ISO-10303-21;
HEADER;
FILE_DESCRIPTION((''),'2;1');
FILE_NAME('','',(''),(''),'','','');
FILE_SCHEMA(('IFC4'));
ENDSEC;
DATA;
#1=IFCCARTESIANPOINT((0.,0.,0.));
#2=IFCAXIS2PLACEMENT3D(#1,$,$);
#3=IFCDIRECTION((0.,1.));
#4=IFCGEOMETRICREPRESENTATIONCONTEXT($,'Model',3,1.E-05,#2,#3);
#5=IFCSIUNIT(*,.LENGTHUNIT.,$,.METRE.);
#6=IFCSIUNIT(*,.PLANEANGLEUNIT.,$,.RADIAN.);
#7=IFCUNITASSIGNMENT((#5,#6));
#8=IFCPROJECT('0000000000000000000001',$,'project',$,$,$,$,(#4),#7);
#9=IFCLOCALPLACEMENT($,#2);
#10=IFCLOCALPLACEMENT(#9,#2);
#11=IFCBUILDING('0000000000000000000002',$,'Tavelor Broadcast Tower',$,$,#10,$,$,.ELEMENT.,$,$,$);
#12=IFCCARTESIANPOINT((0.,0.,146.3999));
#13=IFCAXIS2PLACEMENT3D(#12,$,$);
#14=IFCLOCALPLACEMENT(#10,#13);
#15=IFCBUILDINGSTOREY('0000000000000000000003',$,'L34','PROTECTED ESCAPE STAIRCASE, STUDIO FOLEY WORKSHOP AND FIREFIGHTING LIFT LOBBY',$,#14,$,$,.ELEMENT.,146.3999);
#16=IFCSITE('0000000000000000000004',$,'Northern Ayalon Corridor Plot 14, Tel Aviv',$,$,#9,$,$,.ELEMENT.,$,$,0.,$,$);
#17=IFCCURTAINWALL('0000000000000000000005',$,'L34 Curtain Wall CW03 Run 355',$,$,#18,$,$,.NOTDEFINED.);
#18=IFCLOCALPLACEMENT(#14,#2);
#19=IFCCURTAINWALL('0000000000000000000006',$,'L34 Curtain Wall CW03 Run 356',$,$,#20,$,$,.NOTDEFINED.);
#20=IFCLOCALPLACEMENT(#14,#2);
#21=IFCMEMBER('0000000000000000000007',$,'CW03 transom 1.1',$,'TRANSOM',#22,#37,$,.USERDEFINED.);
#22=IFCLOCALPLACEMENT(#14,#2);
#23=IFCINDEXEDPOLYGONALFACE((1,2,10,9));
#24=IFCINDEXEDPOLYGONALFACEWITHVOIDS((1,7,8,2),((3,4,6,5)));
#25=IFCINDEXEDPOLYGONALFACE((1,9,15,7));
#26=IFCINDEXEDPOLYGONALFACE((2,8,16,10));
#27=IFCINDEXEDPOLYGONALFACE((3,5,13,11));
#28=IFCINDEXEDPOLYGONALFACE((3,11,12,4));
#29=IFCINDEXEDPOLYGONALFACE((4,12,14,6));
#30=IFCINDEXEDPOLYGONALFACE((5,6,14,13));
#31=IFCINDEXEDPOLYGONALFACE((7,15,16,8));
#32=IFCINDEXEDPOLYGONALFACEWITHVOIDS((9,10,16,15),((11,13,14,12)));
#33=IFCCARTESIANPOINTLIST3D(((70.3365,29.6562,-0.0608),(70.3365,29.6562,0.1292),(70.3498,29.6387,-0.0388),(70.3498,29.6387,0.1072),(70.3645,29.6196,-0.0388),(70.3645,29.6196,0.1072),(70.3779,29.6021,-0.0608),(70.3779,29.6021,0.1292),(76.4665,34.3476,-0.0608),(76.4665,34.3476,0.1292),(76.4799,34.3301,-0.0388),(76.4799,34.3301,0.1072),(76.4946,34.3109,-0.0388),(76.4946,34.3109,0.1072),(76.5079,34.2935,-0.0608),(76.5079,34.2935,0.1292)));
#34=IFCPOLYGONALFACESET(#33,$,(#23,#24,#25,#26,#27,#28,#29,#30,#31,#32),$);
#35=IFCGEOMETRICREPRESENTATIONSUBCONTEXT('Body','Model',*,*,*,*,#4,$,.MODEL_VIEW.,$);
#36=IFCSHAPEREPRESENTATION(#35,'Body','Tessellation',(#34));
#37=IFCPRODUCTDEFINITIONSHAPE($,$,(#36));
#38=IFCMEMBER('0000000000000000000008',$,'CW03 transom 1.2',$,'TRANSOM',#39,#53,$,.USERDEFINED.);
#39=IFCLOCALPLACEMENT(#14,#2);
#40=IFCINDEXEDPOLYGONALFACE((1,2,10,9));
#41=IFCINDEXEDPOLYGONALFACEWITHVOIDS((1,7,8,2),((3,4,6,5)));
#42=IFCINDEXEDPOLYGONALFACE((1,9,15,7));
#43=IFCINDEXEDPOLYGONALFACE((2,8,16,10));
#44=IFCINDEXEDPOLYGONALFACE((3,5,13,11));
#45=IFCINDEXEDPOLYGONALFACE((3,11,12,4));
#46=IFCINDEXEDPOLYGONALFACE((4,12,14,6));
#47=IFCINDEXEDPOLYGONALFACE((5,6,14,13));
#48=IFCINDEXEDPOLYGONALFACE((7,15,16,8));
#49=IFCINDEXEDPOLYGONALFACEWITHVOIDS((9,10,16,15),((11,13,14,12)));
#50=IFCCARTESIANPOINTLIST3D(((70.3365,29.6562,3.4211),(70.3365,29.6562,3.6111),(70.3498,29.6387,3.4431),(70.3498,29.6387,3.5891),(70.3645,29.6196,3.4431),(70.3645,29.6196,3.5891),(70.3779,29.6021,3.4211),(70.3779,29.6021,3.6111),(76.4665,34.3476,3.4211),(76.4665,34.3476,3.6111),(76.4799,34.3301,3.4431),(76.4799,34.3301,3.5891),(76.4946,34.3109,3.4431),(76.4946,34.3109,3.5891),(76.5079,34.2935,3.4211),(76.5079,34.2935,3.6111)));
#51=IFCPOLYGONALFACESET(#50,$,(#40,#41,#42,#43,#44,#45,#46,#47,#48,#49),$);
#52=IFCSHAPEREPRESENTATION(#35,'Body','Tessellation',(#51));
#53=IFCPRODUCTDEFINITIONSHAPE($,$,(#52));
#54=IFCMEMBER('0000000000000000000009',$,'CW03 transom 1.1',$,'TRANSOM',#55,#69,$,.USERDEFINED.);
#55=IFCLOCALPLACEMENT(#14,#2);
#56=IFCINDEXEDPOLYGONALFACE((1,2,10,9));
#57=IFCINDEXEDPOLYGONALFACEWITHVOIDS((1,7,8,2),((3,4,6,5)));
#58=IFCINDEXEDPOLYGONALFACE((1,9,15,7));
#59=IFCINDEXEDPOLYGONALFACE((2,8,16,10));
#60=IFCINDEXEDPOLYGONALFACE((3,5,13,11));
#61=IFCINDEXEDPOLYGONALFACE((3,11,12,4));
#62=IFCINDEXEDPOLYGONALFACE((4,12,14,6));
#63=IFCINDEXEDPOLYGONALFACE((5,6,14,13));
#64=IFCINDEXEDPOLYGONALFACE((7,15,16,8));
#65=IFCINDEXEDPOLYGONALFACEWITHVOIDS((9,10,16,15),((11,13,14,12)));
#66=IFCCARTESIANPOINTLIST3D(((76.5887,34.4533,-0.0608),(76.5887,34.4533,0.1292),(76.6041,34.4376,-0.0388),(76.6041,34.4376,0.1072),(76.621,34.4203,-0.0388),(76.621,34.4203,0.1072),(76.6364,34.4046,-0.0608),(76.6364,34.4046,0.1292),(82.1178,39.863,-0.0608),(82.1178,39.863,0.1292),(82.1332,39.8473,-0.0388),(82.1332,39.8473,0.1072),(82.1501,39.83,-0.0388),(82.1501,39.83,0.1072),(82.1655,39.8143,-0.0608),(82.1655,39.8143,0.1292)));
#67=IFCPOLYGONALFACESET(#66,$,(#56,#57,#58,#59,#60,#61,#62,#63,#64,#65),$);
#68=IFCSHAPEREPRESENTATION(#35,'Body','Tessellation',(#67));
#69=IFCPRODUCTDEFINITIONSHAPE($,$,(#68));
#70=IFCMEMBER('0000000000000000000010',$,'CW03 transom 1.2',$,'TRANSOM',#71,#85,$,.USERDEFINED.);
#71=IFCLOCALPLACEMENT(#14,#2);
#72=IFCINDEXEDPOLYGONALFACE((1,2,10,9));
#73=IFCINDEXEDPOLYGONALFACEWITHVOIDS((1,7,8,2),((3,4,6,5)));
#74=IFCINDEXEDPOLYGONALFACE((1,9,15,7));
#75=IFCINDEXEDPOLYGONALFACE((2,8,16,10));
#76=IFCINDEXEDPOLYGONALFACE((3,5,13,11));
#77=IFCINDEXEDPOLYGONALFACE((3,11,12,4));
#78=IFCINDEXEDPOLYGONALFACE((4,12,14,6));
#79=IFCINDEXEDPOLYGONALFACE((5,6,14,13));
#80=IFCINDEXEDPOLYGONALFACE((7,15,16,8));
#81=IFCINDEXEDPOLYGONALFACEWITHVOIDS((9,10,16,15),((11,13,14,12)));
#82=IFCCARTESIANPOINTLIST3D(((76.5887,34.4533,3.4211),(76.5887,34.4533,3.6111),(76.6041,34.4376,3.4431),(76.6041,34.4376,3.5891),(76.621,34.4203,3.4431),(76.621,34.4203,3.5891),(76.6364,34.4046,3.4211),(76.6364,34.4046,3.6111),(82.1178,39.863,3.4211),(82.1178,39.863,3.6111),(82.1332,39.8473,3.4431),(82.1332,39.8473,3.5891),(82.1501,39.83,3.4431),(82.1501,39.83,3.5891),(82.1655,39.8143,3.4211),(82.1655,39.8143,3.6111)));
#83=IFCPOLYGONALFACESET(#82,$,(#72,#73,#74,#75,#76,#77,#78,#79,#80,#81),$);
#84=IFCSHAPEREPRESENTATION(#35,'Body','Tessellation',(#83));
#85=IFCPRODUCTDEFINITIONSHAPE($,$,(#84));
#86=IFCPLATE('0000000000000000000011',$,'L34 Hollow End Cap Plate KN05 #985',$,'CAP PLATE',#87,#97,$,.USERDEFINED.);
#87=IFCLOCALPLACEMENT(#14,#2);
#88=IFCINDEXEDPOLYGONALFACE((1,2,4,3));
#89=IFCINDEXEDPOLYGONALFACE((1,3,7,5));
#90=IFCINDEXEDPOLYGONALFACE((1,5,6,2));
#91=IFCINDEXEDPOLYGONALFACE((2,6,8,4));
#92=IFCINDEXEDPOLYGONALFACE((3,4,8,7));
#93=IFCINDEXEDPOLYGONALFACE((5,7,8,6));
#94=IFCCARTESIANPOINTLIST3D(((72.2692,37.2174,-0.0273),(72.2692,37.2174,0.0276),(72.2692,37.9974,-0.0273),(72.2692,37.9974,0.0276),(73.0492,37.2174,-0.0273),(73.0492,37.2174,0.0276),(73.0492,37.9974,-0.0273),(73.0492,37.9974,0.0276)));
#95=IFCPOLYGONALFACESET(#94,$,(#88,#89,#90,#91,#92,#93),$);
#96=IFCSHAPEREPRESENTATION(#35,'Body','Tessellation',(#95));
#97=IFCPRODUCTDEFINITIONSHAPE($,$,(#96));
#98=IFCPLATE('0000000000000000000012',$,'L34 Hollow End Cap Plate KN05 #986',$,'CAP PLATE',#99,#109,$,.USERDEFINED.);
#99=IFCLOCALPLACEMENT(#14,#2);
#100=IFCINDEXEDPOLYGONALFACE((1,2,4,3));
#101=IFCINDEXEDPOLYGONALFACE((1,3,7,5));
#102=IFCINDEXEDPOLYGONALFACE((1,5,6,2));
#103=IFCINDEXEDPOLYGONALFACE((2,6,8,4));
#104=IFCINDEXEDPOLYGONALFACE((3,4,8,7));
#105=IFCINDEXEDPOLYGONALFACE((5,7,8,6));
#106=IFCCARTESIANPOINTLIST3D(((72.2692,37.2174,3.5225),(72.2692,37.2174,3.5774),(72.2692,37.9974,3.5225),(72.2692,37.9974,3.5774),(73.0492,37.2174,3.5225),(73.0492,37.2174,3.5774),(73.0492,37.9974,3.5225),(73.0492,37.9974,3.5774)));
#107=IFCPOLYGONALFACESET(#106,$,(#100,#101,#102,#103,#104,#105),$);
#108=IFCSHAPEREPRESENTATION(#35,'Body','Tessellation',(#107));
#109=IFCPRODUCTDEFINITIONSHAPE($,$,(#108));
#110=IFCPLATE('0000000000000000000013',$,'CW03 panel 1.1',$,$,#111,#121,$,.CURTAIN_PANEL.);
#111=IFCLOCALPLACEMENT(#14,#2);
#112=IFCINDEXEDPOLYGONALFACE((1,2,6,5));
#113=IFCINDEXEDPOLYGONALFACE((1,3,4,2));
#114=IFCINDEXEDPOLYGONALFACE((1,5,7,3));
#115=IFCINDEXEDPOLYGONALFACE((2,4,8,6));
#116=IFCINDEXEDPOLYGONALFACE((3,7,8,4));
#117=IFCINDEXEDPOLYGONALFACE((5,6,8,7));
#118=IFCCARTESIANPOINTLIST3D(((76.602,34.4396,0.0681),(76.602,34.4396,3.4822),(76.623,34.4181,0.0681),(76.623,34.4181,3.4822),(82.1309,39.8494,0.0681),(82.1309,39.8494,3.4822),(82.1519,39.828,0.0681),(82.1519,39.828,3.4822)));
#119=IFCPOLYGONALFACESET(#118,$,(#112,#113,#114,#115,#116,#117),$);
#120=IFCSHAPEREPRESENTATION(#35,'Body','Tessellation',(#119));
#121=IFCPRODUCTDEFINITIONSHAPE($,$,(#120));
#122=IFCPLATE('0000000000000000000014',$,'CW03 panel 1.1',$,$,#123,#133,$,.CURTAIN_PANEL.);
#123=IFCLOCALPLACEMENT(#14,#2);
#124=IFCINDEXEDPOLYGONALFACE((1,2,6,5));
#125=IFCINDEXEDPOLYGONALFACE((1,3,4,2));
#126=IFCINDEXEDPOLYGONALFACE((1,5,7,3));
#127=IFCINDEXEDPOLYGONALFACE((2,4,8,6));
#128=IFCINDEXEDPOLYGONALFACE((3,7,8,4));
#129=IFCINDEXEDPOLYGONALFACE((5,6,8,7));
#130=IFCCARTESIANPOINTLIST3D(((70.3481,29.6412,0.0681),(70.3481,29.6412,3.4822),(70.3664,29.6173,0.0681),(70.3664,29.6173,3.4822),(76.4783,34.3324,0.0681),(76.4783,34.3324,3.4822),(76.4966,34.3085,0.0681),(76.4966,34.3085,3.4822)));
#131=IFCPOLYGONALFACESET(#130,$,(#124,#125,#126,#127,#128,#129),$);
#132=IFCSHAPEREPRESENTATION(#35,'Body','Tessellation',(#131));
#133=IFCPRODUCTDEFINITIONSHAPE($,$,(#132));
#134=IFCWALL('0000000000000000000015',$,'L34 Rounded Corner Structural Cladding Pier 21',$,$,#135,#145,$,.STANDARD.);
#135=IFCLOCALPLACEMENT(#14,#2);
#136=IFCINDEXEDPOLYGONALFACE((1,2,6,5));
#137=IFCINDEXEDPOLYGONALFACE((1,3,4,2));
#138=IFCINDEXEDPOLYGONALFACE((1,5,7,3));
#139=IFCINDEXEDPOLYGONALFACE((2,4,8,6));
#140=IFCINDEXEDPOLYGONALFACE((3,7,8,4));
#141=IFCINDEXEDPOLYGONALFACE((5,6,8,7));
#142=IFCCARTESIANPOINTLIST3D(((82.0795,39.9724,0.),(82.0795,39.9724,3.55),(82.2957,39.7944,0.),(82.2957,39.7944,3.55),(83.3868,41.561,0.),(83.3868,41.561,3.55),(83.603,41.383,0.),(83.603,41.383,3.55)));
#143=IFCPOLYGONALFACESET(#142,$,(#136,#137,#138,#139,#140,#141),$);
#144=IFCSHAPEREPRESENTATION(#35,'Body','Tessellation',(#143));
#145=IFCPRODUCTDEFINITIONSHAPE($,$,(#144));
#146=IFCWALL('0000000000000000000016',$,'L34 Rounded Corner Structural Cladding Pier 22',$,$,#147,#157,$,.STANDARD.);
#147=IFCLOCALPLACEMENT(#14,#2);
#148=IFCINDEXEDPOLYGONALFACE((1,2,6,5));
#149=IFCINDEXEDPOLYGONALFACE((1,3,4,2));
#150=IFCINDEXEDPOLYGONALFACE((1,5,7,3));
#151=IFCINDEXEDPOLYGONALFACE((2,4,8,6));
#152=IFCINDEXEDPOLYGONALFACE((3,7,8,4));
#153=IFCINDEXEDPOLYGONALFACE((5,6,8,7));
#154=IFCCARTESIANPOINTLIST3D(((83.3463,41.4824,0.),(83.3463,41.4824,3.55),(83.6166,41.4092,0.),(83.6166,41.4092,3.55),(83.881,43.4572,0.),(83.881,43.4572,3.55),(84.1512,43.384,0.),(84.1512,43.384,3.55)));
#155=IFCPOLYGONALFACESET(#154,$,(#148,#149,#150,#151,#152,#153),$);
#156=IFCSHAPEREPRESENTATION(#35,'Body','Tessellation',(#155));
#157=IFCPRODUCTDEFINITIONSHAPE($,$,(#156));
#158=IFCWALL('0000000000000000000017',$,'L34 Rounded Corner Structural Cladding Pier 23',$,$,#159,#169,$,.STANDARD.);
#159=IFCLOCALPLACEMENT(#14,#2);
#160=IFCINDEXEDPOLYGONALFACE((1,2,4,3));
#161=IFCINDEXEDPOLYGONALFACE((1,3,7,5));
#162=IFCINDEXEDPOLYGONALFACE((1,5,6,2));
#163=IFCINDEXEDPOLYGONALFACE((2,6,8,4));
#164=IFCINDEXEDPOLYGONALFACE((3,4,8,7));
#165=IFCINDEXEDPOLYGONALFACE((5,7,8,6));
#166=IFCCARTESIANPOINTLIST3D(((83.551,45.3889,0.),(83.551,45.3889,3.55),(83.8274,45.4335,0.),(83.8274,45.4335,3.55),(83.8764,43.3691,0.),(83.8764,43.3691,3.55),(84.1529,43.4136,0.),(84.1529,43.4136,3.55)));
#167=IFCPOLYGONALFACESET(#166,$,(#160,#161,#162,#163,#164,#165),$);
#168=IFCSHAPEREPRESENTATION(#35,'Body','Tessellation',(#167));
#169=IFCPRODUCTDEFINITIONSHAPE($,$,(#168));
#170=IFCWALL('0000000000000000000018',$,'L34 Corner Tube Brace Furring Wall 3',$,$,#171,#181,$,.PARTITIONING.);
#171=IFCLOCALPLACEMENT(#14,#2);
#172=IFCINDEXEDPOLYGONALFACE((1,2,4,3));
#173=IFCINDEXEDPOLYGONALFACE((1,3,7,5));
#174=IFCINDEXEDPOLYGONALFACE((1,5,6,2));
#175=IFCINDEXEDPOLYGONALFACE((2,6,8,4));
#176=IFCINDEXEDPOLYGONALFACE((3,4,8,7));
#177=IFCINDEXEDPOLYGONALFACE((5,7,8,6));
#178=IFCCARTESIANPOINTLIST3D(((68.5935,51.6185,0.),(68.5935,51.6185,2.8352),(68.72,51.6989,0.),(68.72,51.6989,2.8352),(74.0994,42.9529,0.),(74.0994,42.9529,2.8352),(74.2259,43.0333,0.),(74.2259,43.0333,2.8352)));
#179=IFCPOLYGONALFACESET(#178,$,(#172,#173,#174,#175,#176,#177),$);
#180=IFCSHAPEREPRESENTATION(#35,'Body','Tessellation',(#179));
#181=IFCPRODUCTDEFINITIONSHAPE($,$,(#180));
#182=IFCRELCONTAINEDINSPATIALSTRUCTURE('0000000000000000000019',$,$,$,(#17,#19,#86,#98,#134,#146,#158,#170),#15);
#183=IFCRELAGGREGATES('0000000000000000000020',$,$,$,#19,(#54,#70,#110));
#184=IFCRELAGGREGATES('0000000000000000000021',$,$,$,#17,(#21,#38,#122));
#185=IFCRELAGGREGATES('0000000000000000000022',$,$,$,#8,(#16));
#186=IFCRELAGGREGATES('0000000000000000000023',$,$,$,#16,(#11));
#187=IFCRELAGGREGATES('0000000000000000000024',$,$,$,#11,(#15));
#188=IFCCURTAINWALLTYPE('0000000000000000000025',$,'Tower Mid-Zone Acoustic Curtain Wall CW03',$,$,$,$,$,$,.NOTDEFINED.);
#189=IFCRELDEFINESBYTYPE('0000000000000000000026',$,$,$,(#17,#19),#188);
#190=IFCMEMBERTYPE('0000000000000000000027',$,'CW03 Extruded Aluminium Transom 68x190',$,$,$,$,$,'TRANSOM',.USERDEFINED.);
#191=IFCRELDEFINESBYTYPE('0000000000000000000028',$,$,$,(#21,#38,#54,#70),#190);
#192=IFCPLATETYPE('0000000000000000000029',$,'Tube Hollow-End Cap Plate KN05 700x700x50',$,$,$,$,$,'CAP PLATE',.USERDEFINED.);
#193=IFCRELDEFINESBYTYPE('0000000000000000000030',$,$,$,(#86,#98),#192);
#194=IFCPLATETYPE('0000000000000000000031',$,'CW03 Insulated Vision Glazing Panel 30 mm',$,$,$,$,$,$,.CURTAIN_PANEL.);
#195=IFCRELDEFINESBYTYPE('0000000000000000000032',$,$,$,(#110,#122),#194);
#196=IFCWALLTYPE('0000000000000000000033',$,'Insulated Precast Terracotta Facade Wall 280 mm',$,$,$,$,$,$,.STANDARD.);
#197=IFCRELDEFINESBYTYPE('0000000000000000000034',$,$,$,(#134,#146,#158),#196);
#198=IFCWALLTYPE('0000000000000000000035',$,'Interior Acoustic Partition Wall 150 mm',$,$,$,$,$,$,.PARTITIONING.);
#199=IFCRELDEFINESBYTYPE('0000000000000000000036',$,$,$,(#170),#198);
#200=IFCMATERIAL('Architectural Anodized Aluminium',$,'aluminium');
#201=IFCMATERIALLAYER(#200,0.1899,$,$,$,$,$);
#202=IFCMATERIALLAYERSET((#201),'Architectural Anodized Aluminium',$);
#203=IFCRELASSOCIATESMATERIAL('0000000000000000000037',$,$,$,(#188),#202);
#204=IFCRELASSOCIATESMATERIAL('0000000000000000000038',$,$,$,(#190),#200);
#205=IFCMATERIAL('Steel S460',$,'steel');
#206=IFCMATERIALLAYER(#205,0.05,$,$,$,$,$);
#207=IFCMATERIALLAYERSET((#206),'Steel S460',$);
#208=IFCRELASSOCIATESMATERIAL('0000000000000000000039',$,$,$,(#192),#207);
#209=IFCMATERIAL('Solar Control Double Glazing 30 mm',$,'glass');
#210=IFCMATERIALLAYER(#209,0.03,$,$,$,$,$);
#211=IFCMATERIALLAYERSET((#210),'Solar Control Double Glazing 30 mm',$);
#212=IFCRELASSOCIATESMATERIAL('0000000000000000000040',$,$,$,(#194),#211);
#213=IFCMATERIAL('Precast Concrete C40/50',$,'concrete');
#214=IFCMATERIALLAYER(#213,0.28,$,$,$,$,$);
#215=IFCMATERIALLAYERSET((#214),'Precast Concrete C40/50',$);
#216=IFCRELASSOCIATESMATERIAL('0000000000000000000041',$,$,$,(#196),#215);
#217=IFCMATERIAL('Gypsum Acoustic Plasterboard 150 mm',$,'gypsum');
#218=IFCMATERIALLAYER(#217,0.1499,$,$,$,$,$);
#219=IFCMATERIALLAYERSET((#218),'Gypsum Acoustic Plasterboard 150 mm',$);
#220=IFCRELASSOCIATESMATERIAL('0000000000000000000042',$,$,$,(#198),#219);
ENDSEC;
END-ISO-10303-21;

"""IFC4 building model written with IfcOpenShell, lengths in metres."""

from ifc_helpers import new_model, si_unit, direction, frame, frame_2d, origin, origin_2d, place, context, subcontext, project, spatial, rectangle, hollow_rectangle, extrude, source, transform, mapped, material, layer, layer_set, material_profile, profile_set, type_object, type_shapes, element, aggregate, save


model = new_model("IFC4")

# Units and contexts
model_context = context("Model", 3, precision=1e-05, world=origin(), true_north=direction((0.0, 1.0)))
body_context = subcontext(model_context, "Body", "Model", "MODEL_VIEW")
ifc_project = project(units=[si_unit("LENGTHUNIT", "METRE"), si_unit("PLANEANGLEUNIT", "RADIAN")], contexts=[model_context])

# Site, building, storey
site_placement = place(None, origin())
site = spatial("IfcSite", under=ifc_project, at=site_placement, Name="Northern Ayalon Corridor Plot 14, Tel Aviv", CompositionType="ELEMENT", RefElevation=0.0)
building_placement = place(site_placement, origin())
building = spatial("IfcBuilding", under=site, at=building_placement, Name="Tavelor Broadcast Tower", CompositionType="ELEMENT")
storey_placement = place(building_placement, frame((0.0, 0.0, 146.3999)))
storey = spatial("IfcBuildingStorey", under=building, at=storey_placement, Name="L34", Description="PROTECTED ESCAPE STAIRCASE, STUDIO FOLEY WORKSHOP AND FIREFIGHTING LIFT LOBBY", CompositionType="ELEMENT", Elevation=146.3999)

# Shared definitions
ifc_material_1 = material(Name="Steel S460", Category="steel")

# Curtain wall
ifc_material_2 = material(Name="Architectural Anodized Aluminium", Category="aluminium")
ifc_layer_1 = layer(ifc_material_2, 0.1899)
ifc_layer_set_1 = layer_set([ifc_layer_1], Name="Architectural Anodized Aluminium")
curtain_wall_type = type_object("IfcCurtainWallType", Name="Tower Mid-Zone Acoustic Curtain Wall CW03", PredefinedType="NOTDEFINED", material=ifc_layer_set_1)
curtain_wall_1_placement = place(storey_placement, origin())
curtain_wall_1 = element("IfcCurtainWall", 1, at=curtain_wall_1_placement, inside=storey, type_object=curtain_wall_type, Name="L34 Curtain Wall CW03 Run 355", PredefinedType="NOTDEFINED")

# Curtain wall
curtain_wall_2_placement = place(storey_placement, origin())
curtain_wall_2 = element("IfcCurtainWall", 2, at=curtain_wall_2_placement, inside=storey, type_object=curtain_wall_type, Name="L34 Curtain Wall CW03 Run 356", PredefinedType="NOTDEFINED")

# Members
ifc_material_profile_1 = material_profile(ifc_material_2, hollow_rectangle(XDim=0.0681, YDim=0.1899, WallThickness=0.022, at=origin_2d()), Name="RHS 68x190x22")
ifc_profile_set_1 = profile_set([ifc_material_profile_1], Name="Architectural Anodized Aluminium")
member_type_1 = type_object("IfcMemberType", Name="CW03 Extruded Aluminium Transom 68x190", ElementType="TRANSOM", PredefinedType="USERDEFINED", material=ifc_profile_set_1)
shared_shape_1 = source(origin(), body_context, "Body", "SweptSolid", [
    extrude(hollow_rectangle(XDim=0.0681, YDim=0.1899, WallThickness=0.022, at=origin_2d()), origin(), (0.0, 0.0, 1.0), 7.7192),
])
member_1_placement = place(storey_placement, frame((70.3572, 29.6292, 0.0342), z_axis=(0.794129, 0.607749, 0.0), x_axis=(-0.607749, 0.794129, 0.0)))
member_1 = element("IfcMember", 3, at=member_1_placement, type_object=member_type_1, Name="CW03 transom 1.1", ObjectType="TRANSOM", PredefinedType="USERDEFINED", context=body_context, shape_type="MappedRepresentation", body=[
    mapped(shared_shape_1, transform((0.0, 0.0, 0.0), scale=1.0)),
])
member_2_placement = place(storey_placement, frame((70.3572, 29.6292, 3.5161), z_axis=(0.794129, 0.607749, 0.0), x_axis=(-0.607749, 0.794129, 0.0)))
member_2 = element("IfcMember", 4, at=member_2_placement, type_object=member_type_1, Name="CW03 transom 1.2", ObjectType="TRANSOM", PredefinedType="USERDEFINED", context=body_context, shape_type="MappedRepresentation", body=[
    mapped(shared_shape_1, transform((0.0, 0.0, 0.0), scale=1.0)),
])
shared_shape_2 = source(origin(), body_context, "Body", "SweptSolid", [
    extrude(hollow_rectangle(XDim=0.0681, YDim=0.1899, WallThickness=0.022, at=origin_2d()), origin(), (0.0, 0.0, 1.0), 7.7354),
])
type_shapes(member_type_1, [shared_shape_1, shared_shape_2])
member_3_placement = place(storey_placement, frame((76.6125, 34.429, 0.0342), z_axis=(0.714782, 0.699348, 0.0), x_axis=(-0.699348, 0.714782, 0.0)))
member_3 = element("IfcMember", 5, at=member_3_placement, type_object=member_type_1, Name="CW03 transom 1.1", ObjectType="TRANSOM", PredefinedType="USERDEFINED", context=body_context, shape_type="MappedRepresentation", body=[
    mapped(shared_shape_2, transform((0.0, 0.0, 0.0), scale=1.0)),
])
member_4_placement = place(storey_placement, frame((76.6125, 34.429, 3.5161), z_axis=(0.714782, 0.699348, 0.0), x_axis=(-0.699348, 0.714782, 0.0)))
member_4 = element("IfcMember", 6, at=member_4_placement, type_object=member_type_1, Name="CW03 transom 1.2", ObjectType="TRANSOM", PredefinedType="USERDEFINED", context=body_context, shape_type="MappedRepresentation", body=[
    mapped(shared_shape_2, transform((0.0, 0.0, 0.0), scale=1.0)),
])

# Plates
ifc_layer_2 = layer(ifc_material_1, 0.05)
ifc_layer_set_2 = layer_set([ifc_layer_2], Name="Steel S460")
plate_type_1 = type_object("IfcPlateType", Name="Tube Hollow-End Cap Plate KN05 700x700x50", ElementType="CAP PLATE", PredefinedType="USERDEFINED", material=ifc_layer_set_2)
shared_shape_3 = source(origin(), body_context, "Body", "SweptSolid", [
    extrude(rectangle(XDim=0.78, YDim=0.78, at=origin_2d()), origin(), (0.0, 0.0, 1.0), 0.0549),
])
type_shapes(plate_type_1, [shared_shape_3])
for number, where, z_axis, x_axis, name in (
    (7, (72.6592, 37.6074, -0.0273), (0.0, 0.0, 1.0), (1.0, 0.0, 0.0), "L34 Hollow End Cap Plate KN05 #985"),
    (8, (72.6592, 37.6074, 3.5225), (0.0, 0.0, 1.0), (1.0, 0.0, 0.0), "L34 Hollow End Cap Plate KN05 #986"),
):
    element("IfcPlate", number, at=place(storey_placement, frame(where, z_axis=z_axis, x_axis=x_axis)), inside=storey, type_object=plate_type_1, Name=name, ObjectType="CAP PLATE", PredefinedType="USERDEFINED", context=body_context, shape_type="MappedRepresentation", body=[
        mapped(shared_shape_3, transform((0.0, 0.0, 0.0), scale=1.0)),
    ])

# Plates
ifc_material_3 = material(Name="Solar Control Double Glazing 30 mm", Category="glass")
ifc_layer_3 = layer(ifc_material_3, 0.03)
ifc_layer_set_3 = layer_set([ifc_layer_3], Name="Solar Control Double Glazing 30 mm")
plate_type_2 = type_object("IfcPlateType", Name="CW03 Insulated Vision Glazing Panel 30 mm", PredefinedType="CURTAIN_PANEL", material=ifc_layer_set_3)
shared_shape_4 = source(origin(), body_context, "Body", "SweptSolid", [
    extrude(rectangle(XDim=7.7354, YDim=0.03, at=origin_2d()), origin(), (0.0, 0.0, 1.0), 3.4141),
])
plate_1_placement = place(storey_placement, frame((79.377, 37.1338, 0.0681), z_axis=(0.0, 0.0, 1.0), x_axis=(0.714764, 0.699366, 0.0)))
plate_1 = element("IfcPlate", 9, at=plate_1_placement, type_object=plate_type_2, Name="CW03 panel 1.1", PredefinedType="CURTAIN_PANEL", context=body_context, shape_type="MappedRepresentation", body=[
    mapped(shared_shape_4, transform((0.0, 0.0, 0.0), scale=1.0)),
])
aggregate(curtain_wall_2, [member_3, member_4, plate_1])
shared_shape_5 = source(origin(), body_context, "Body", "SweptSolid", [
    extrude(rectangle(XDim=7.7192, YDim=0.03, at=origin_2d()), origin(), (0.0, 0.0, 1.0), 3.4141),
])
type_shapes(plate_type_2, [shared_shape_4, shared_shape_5])
plate_2_placement = place(storey_placement, frame((73.4224, 31.9749, 0.0681), z_axis=(0.0, 0.0, 1.0), x_axis=(0.794147, 0.607726, 0.0)))
plate_2 = element("IfcPlate", 10, at=plate_2_placement, type_object=plate_type_2, Name="CW03 panel 1.1", PredefinedType="CURTAIN_PANEL", context=body_context, shape_type="MappedRepresentation", body=[
    mapped(shared_shape_5, transform((0.0, 0.0, 0.0), scale=1.0)),
])
aggregate(curtain_wall_1, [member_1, member_2, plate_2])

# Walls
ifc_material_4 = material(Name="Precast Concrete C40/50", Category="concrete")
ifc_layer_4 = layer(ifc_material_4, 0.28)
ifc_layer_set_4 = layer_set([ifc_layer_4], Name="Precast Concrete C40/50")
wall_type_1 = type_object("IfcWallType", Name="Insulated Precast Terracotta Facade Wall 280 mm", PredefinedType="STANDARD", material=ifc_layer_set_4)
wall_1_placement = place(storey_placement, frame((82.1875, 39.8833, 0.0), z_axis=(0.0, 0.0, 1.0), x_axis=(0.635445, 0.772146, 0.0)))
element("IfcWall", 11, at=wall_1_placement, inside=storey, type_object=wall_type_1, Name="L34 Rounded Corner Structural Cladding Pier 21", PredefinedType="STANDARD", context=body_context, shape_type="SweptSolid", body=[
    extrude(rectangle(XDim=2.0574, YDim=0.28, at=frame_2d((1.0288, 0.0))), origin(), (0.0, 0.0, 1.0), 3.55),
])
for number, where, z_axis, x_axis, name in (
    (12, (83.4814, 41.4458, 0.0), (0.0, 0.0, 1.0), (0.26133, 0.96525, 0.0), "L34 Rounded Corner Structural Cladding Pier 22"),
    (13, (84.0146, 43.3914, 0.0), (0.0, 0.0, 1.0), (-0.159075, 0.987267, 0.0), "L34 Rounded Corner Structural Cladding Pier 23"),
):
    element("IfcWall", number, at=place(storey_placement, frame(where, z_axis=z_axis, x_axis=x_axis)), inside=storey, type_object=wall_type_1, Name=name, PredefinedType="STANDARD", context=body_context, shape_type="SweptSolid", body=[
        extrude(rectangle(XDim=2.0459, YDim=0.28, at=frame_2d((1.0229, 0.0))), origin(), (0.0, 0.0, 1.0), 3.55),
    ])
ifc_material_5 = material(Name="Gypsum Acoustic Plasterboard 150 mm", Category="gypsum")
ifc_layer_5 = layer(ifc_material_5, 0.1499)
ifc_layer_set_5 = layer_set([ifc_layer_5], Name="Gypsum Acoustic Plasterboard 150 mm")
wall_type_2 = type_object("IfcWallType", Name="Interior Acoustic Partition Wall 150 mm", PredefinedType="PARTITIONING", material=ifc_layer_set_5)
wall_2_placement = place(storey_placement, frame((74.1626, 42.9932, 0.0), z_axis=(0.0, 0.0, 1.0), x_axis=(-0.536281, 0.844039, 0.0)))
element("IfcWall", 14, at=wall_2_placement, inside=storey, type_object=wall_type_2, Name="L34 Corner Tube Brace Furring Wall 3", PredefinedType="PARTITIONING", context=body_context, shape_type="SweptSolid", body=[
    extrude(rectangle(XDim=10.2668, YDim=0.1499, at=frame_2d((5.1333, 0.0))), origin(), (0.0, 0.0, 1.0), 2.8352),
])

save(model, "model.ifc")
